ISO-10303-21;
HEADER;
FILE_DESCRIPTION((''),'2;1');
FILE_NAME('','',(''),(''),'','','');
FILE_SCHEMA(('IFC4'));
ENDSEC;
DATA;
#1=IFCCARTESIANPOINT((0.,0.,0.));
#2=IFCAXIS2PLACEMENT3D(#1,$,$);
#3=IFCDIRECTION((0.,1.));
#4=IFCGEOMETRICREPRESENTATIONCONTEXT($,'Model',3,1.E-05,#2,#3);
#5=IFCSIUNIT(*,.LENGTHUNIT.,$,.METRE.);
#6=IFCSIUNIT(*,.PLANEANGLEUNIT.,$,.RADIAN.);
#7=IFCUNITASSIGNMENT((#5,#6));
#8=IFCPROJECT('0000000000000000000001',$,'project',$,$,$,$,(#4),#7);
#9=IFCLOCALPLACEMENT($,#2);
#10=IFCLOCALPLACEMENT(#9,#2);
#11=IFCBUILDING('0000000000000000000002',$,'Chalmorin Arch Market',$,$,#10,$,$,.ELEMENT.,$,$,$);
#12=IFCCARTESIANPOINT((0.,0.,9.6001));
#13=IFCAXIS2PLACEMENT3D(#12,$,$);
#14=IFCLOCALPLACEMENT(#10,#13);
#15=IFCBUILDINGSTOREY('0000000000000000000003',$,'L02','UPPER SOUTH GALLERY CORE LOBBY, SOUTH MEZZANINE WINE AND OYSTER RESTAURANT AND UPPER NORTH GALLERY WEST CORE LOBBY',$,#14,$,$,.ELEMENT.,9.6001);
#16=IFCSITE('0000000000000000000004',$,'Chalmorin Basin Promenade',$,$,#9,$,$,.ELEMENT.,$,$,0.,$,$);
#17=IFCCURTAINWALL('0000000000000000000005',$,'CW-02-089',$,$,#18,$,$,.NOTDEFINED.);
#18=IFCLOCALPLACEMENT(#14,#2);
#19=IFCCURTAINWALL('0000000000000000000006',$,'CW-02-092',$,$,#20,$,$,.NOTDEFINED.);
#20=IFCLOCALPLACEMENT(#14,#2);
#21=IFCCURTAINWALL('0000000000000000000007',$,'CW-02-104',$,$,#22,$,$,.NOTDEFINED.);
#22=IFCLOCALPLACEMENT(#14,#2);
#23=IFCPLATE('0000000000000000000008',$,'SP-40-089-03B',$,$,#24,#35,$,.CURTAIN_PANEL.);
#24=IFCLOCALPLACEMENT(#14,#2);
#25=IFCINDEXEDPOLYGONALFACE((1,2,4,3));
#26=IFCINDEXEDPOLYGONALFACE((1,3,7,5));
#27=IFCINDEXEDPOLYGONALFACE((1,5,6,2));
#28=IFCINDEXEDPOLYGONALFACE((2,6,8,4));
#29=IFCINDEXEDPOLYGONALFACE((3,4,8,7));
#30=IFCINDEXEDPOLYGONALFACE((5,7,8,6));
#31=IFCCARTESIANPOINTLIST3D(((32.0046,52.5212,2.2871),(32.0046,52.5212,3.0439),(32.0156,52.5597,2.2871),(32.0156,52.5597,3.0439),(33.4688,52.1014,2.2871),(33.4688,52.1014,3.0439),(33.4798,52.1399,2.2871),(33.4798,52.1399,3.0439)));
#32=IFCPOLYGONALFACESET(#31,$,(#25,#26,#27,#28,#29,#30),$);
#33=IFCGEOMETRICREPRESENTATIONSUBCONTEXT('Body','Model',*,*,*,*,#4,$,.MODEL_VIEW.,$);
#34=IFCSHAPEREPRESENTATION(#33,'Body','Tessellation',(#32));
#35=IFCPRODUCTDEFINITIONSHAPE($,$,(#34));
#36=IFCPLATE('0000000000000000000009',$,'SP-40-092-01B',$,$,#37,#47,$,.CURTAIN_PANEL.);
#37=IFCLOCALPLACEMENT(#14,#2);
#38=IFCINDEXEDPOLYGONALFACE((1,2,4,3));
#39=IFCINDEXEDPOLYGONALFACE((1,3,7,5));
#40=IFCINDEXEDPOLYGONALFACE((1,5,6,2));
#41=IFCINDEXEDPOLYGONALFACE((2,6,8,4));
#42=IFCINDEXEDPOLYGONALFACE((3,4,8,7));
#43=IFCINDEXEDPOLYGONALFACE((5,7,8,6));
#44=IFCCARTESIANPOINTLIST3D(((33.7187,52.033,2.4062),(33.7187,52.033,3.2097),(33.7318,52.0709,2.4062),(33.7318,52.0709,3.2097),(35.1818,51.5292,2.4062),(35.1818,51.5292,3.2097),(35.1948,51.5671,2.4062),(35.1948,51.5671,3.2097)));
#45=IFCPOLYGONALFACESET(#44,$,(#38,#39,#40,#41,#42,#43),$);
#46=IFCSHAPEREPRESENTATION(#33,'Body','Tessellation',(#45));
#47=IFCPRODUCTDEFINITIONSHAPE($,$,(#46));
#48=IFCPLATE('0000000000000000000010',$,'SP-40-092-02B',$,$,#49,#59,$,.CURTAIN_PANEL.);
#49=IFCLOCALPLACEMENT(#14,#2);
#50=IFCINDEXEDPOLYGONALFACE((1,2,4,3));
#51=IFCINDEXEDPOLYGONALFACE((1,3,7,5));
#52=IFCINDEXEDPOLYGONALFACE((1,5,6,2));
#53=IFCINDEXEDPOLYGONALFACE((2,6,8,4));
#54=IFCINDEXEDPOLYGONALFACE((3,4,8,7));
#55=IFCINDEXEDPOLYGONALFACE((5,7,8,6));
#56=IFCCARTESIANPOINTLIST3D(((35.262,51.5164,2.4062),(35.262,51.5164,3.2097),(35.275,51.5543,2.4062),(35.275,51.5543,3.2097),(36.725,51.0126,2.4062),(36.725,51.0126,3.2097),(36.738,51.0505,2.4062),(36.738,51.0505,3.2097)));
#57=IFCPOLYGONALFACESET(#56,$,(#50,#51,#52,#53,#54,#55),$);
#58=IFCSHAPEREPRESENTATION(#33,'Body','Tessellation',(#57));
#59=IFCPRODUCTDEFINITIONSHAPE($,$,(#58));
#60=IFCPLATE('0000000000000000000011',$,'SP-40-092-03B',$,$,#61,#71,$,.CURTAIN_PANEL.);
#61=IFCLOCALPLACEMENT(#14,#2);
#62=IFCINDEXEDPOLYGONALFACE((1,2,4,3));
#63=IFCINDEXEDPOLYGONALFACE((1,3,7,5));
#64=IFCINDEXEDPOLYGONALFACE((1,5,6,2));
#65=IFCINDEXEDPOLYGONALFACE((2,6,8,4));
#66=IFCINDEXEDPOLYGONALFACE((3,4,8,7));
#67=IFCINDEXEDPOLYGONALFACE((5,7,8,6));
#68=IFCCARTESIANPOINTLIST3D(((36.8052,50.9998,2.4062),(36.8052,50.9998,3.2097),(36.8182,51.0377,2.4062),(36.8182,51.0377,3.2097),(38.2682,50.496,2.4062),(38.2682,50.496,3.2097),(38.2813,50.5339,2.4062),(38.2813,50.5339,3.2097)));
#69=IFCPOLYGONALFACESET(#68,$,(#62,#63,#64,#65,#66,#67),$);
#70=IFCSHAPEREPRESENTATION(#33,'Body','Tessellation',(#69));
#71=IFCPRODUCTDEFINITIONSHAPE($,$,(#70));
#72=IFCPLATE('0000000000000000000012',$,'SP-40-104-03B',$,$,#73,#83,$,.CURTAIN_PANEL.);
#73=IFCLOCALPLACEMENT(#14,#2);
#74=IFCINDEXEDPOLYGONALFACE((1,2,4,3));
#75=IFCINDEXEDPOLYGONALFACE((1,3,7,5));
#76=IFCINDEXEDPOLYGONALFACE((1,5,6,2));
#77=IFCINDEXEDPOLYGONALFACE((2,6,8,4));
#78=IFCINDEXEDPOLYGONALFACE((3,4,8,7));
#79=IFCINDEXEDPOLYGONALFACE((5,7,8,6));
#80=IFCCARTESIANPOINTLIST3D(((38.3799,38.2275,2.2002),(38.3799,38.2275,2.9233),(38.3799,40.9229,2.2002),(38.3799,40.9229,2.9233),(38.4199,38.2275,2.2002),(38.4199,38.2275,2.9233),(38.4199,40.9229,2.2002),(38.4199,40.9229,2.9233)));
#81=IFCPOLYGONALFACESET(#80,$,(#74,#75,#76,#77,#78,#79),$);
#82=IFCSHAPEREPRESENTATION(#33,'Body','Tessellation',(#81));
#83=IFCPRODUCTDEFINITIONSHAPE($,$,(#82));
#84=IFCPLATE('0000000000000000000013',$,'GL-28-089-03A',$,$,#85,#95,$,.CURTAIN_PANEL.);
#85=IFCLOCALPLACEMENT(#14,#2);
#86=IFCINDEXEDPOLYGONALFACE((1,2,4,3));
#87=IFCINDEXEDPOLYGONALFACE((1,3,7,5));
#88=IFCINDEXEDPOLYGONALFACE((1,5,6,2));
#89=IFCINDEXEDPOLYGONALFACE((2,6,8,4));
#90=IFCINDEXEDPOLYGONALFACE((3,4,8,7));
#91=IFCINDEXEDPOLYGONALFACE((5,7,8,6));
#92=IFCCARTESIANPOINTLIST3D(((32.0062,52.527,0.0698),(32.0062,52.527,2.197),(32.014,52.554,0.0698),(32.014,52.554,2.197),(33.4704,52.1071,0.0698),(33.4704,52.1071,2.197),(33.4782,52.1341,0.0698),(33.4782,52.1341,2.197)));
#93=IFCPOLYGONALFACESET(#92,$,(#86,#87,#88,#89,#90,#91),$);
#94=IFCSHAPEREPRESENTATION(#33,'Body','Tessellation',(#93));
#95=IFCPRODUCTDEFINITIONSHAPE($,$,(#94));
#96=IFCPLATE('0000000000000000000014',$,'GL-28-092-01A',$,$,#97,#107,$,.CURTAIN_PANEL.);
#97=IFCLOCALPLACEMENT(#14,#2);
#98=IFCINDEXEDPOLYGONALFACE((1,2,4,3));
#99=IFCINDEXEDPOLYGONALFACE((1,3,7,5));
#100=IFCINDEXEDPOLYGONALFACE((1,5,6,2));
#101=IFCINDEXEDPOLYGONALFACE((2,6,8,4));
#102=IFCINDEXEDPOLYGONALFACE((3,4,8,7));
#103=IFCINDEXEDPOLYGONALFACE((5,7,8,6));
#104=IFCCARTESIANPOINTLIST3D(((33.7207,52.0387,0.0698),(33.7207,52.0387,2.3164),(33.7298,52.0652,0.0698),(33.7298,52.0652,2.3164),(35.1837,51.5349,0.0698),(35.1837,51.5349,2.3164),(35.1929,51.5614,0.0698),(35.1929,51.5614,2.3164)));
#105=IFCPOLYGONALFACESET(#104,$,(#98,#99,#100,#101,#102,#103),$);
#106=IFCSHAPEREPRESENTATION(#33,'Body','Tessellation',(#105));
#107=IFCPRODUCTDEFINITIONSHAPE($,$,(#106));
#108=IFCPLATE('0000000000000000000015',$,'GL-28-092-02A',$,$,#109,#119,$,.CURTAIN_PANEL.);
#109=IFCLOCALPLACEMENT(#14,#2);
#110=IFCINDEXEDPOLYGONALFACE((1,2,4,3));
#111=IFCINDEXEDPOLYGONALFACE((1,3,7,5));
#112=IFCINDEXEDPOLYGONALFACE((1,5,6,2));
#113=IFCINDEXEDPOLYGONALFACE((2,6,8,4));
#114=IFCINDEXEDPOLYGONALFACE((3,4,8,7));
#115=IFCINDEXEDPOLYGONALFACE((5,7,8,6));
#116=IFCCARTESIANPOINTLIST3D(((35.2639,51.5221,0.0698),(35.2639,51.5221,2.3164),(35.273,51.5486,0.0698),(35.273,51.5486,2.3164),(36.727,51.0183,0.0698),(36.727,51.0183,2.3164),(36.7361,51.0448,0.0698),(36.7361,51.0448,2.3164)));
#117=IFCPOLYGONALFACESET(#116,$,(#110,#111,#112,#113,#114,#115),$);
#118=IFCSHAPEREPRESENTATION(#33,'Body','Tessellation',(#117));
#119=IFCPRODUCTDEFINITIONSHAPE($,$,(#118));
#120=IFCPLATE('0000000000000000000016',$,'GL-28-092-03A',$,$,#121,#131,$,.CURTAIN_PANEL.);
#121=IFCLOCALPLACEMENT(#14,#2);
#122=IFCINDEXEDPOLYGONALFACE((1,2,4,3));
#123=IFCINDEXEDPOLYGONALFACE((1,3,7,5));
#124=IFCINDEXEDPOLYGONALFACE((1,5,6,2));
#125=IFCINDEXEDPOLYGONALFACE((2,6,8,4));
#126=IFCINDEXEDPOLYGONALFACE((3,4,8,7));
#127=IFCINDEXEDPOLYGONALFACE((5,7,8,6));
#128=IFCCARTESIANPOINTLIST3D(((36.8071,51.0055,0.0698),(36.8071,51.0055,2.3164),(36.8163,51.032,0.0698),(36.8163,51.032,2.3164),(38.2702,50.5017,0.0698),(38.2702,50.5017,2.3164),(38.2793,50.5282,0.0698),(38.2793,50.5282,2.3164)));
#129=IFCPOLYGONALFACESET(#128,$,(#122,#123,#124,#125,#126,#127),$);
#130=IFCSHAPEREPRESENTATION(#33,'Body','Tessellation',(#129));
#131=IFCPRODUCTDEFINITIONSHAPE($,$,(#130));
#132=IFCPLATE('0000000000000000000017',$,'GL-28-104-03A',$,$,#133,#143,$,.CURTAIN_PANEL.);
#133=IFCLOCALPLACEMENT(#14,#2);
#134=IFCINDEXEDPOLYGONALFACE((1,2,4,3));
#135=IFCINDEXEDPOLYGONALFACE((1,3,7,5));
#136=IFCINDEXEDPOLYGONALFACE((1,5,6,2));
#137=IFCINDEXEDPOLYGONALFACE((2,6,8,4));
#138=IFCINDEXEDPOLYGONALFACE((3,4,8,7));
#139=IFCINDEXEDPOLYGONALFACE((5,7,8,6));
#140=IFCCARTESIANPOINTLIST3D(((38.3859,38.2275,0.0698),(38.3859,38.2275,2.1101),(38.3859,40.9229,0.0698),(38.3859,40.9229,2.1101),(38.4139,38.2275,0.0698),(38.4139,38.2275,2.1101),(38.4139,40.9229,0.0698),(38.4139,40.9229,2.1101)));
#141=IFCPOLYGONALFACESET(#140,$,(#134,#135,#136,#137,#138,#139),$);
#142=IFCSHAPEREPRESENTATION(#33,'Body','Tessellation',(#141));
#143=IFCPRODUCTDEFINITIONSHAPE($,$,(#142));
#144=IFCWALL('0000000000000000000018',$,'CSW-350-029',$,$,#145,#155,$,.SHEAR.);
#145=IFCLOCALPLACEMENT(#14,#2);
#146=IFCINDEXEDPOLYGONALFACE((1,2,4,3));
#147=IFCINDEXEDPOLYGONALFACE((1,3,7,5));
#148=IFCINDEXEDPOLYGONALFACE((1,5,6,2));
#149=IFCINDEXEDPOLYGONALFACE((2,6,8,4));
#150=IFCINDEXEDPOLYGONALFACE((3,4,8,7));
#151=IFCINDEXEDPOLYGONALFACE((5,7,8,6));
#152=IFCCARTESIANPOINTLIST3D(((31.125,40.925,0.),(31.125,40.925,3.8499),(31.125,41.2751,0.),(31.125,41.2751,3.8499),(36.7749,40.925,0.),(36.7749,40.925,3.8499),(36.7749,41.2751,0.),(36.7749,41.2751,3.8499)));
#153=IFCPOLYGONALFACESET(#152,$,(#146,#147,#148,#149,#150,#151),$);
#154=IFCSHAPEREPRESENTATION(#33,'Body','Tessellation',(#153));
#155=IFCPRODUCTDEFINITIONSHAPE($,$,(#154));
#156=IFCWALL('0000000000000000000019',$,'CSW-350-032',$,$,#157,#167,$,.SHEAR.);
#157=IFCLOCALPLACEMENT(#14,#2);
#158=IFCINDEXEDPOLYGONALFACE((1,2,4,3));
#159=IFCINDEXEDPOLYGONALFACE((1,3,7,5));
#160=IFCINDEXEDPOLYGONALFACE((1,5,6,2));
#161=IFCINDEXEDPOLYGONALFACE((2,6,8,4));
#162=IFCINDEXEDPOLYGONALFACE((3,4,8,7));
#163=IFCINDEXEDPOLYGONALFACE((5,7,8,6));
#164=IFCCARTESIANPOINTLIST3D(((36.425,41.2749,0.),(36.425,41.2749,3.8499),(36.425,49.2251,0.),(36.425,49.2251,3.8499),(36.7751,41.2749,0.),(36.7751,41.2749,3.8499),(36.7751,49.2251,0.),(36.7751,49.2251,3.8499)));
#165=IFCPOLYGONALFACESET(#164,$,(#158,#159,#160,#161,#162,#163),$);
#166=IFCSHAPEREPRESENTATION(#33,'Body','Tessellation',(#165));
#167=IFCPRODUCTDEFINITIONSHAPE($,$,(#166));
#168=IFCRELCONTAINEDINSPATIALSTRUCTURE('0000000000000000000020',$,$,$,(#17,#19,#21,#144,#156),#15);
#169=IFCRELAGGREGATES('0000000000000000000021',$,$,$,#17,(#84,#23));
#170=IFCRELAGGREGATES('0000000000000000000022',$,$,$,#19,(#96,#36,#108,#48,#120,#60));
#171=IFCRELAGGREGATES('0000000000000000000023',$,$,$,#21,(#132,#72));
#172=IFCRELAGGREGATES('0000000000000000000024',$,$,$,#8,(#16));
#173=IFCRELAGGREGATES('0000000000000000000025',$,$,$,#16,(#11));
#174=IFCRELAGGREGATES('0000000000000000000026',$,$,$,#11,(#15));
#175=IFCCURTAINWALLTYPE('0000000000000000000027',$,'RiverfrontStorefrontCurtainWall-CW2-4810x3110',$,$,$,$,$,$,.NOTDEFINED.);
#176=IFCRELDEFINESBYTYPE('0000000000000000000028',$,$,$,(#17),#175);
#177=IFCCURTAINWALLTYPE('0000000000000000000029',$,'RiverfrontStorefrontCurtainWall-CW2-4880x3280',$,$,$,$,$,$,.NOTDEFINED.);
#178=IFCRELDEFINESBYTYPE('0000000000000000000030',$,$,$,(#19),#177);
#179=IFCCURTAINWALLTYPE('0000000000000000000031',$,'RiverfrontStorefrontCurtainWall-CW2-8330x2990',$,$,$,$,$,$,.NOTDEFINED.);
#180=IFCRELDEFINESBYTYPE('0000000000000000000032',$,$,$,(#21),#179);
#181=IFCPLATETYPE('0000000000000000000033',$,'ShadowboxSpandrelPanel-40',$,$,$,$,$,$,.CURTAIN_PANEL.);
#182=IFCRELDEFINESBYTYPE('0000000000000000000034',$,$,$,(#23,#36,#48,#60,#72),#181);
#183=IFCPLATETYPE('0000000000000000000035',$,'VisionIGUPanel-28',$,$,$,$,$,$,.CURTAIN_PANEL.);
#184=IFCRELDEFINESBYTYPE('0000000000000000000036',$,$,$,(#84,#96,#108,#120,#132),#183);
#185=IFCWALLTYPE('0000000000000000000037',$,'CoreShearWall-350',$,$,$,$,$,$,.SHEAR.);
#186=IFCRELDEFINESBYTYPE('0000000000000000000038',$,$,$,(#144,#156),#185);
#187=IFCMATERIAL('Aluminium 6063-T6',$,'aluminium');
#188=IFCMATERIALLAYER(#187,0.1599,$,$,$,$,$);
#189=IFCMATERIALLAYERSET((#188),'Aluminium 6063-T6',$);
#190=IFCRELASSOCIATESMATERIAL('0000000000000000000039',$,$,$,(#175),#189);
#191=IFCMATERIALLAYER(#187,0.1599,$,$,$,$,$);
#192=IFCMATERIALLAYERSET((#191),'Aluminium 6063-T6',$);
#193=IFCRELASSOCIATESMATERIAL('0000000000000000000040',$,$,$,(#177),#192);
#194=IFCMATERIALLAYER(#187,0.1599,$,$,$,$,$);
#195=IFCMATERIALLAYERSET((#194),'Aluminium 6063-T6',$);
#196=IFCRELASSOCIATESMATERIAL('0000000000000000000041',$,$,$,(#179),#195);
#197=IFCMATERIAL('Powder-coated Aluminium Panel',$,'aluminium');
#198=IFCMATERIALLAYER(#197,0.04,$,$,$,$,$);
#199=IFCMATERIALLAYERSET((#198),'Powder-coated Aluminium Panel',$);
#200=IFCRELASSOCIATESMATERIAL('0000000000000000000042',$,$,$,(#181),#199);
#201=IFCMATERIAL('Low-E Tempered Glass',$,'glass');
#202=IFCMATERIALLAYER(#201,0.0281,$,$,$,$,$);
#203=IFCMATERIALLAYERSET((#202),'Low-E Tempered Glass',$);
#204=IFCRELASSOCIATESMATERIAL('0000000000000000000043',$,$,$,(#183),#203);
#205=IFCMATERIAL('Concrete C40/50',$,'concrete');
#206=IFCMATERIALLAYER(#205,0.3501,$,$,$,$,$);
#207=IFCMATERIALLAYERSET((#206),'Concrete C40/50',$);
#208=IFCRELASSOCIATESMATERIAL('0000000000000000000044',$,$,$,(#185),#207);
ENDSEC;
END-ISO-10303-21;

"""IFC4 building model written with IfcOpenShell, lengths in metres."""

from ifc_helpers import new_model, si_unit, direction, frame, frame_2d, origin, origin_2d, place, context, subcontext, project, spatial, rectangle, extrude, material, layer, layer_set, type_object, element, aggregate, save


model = new_model("IFC4")

# Units and contexts
model_context = context("Model", 3, precision=1e-05, world=origin(), true_north=direction((0.0, 1.0)))
body_context = subcontext(model_context, "Body", "Model", "MODEL_VIEW")
ifc_project = project(units=[si_unit("LENGTHUNIT", "METRE"), si_unit("PLANEANGLEUNIT", "RADIAN")], contexts=[model_context])

# Site, building, storey
site_placement = place(None, origin())
site = spatial("IfcSite", under=ifc_project, at=site_placement, Name="Chalmorin Basin Promenade", CompositionType="ELEMENT", RefElevation=0.0)
building_placement = place(site_placement, origin())
building = spatial("IfcBuilding", under=site, at=building_placement, Name="Chalmorin Arch Market", CompositionType="ELEMENT")
storey_placement = place(building_placement, frame((0.0, 0.0, 9.6001)))
storey = spatial("IfcBuildingStorey", under=building, at=storey_placement, Name="L02", Description="UPPER SOUTH GALLERY CORE LOBBY, SOUTH MEZZANINE WINE AND OYSTER RESTAURANT AND UPPER NORTH GALLERY WEST CORE LOBBY", CompositionType="ELEMENT", Elevation=9.6001)

# Curtain walls
ifc_material_1 = material(Name="Aluminium 6063-T6", Category="aluminium")
ifc_layer_1 = layer(ifc_material_1, 0.1599)
ifc_layer_set_1 = layer_set([ifc_layer_1], Name="Aluminium 6063-T6")
curtain_wall_type_1 = type_object("IfcCurtainWallType", Name="RiverfrontStorefrontCurtainWall-CW2-4810x3110", PredefinedType="NOTDEFINED", material=ifc_layer_set_1)
curtain_wall_1_placement = place(storey_placement, origin())
curtain_wall_1 = element("IfcCurtainWall", 1, at=curtain_wall_1_placement, inside=storey, type_object=curtain_wall_type_1, Name="CW-02-089", PredefinedType="NOTDEFINED")
ifc_layer_2 = layer(ifc_material_1, 0.1599)
ifc_layer_set_2 = layer_set([ifc_layer_2], Name="Aluminium 6063-T6")
curtain_wall_type_2 = type_object("IfcCurtainWallType", Name="RiverfrontStorefrontCurtainWall-CW2-4880x3280", PredefinedType="NOTDEFINED", material=ifc_layer_set_2)
curtain_wall_2_placement = place(storey_placement, origin())
curtain_wall_2 = element("IfcCurtainWall", 2, at=curtain_wall_2_placement, inside=storey, type_object=curtain_wall_type_2, Name="CW-02-092", PredefinedType="NOTDEFINED")

# Curtain wall
ifc_layer_3 = layer(ifc_material_1, 0.1599)
ifc_layer_set_3 = layer_set([ifc_layer_3], Name="Aluminium 6063-T6")
curtain_wall_type_3 = type_object("IfcCurtainWallType", Name="RiverfrontStorefrontCurtainWall-CW2-8330x2990", PredefinedType="NOTDEFINED", material=ifc_layer_set_3)
curtain_wall_3_placement = place(storey_placement, origin())
curtain_wall_3 = element("IfcCurtainWall", 3, at=curtain_wall_3_placement, inside=storey, type_object=curtain_wall_type_3, Name="CW-02-104", PredefinedType="NOTDEFINED")

# Plates
ifc_material_2 = material(Name="Powder-coated Aluminium Panel", Category="aluminium")
ifc_layer_4 = layer(ifc_material_2, 0.04)
ifc_layer_set_4 = layer_set([ifc_layer_4], Name="Powder-coated Aluminium Panel")
plate_type_1 = type_object("IfcPlateType", Name="ShadowboxSpandrelPanel-40", PredefinedType="CURTAIN_PANEL", material=ifc_layer_set_4)
plate_1_placement = place(storey_placement, frame((32.7422, 52.3306, 2.2871), z_axis=(0.0, 0.0, 1.0), x_axis=(0.961262, -0.275637, 0.0)))
plate_1 = element("IfcPlate", 4, at=plate_1_placement, type_object=plate_type_1, Name="SP-40-089-03B", PredefinedType="CURTAIN_PANEL", context=body_context, shape_type="SweptSolid", body=[
    extrude(rectangle(XDim=1.5232, YDim=0.04, at=origin_2d()), origin(), (0.0, 0.0, 1.0), 0.7568),
])
plate_2_placement = place(storey_placement, frame((34.4568, 51.8, 2.4062), z_axis=(0.0, 0.0, 1.0), x_axis=(0.945519, -0.325568, 0.0)))
plate_2 = element("IfcPlate", 5, at=plate_2_placement, type_object=plate_type_1, Name="SP-40-092-01B", PredefinedType="CURTAIN_PANEL", context=body_context, shape_type="SweptSolid", body=[
    extrude(rectangle(XDim=1.5474, YDim=0.04, at=origin_2d()), origin(), (0.0, 0.0, 1.0), 0.8035),
])
plate_3_placement = place(storey_placement, frame((36.0, 51.2834, 2.4062), z_axis=(0.0, 0.0, 1.0), x_axis=(0.945519, -0.325568, 0.0)))
plate_3 = element("IfcPlate", 6, at=plate_3_placement, type_object=plate_type_1, Name="SP-40-092-02B", PredefinedType="CURTAIN_PANEL", context=body_context, shape_type="SweptSolid", body=[
    extrude(rectangle(XDim=1.5474, YDim=0.04, at=origin_2d()), origin(), (0.0, 0.0, 1.0), 0.8035),
])
plate_4_placement = place(storey_placement, frame((37.5432, 50.7668, 2.4062), z_axis=(0.0, 0.0, 1.0), x_axis=(0.945519, -0.325568, 0.0)))
plate_4 = element("IfcPlate", 7, at=plate_4_placement, type_object=plate_type_1, Name="SP-40-092-03B", PredefinedType="CURTAIN_PANEL", context=body_context, shape_type="SweptSolid", body=[
    extrude(rectangle(XDim=1.5474, YDim=0.04, at=origin_2d()), origin(), (0.0, 0.0, 1.0), 0.8035),
])
plate_5_placement = place(storey_placement, frame((38.3999, 39.5752, 2.2002), z_axis=(0.0, 0.0, 1.0), x_axis=(0.0, 1.0, 0.0)))
plate_5 = element("IfcPlate", 8, at=plate_5_placement, type_object=plate_type_1, Name="SP-40-104-03B", PredefinedType="CURTAIN_PANEL", context=body_context, shape_type="SweptSolid", body=[
    extrude(rectangle(XDim=2.6953, YDim=0.04, at=origin_2d()), origin(), (0.0, 0.0, 1.0), 0.7231),
])
ifc_material_3 = material(Name="Low-E Tempered Glass", Category="glass")
ifc_layer_5 = layer(ifc_material_3, 0.0281)
ifc_layer_set_5 = layer_set([ifc_layer_5], Name="Low-E Tempered Glass")
plate_type_2 = type_object("IfcPlateType", Name="VisionIGUPanel-28", PredefinedType="CURTAIN_PANEL", material=ifc_layer_set_5)
plate_6_placement = place(storey_placement, frame((32.7422, 52.3306, 0.0698), z_axis=(0.0, 0.0, 1.0), x_axis=(0.961262, -0.275637, 0.0)))
plate_6 = element("IfcPlate", 9, at=plate_6_placement, type_object=plate_type_2, Name="GL-28-089-03A", PredefinedType="CURTAIN_PANEL", context=body_context, shape_type="SweptSolid", body=[
    extrude(rectangle(XDim=1.5232, YDim=0.0281, at=origin_2d()), origin(), (0.0, 0.0, 1.0), 2.1272),
])
aggregate(curtain_wall_1, [plate_6, plate_1])
plate_7_placement = place(storey_placement, frame((34.4568, 51.8, 0.0698), z_axis=(0.0, 0.0, 1.0), x_axis=(0.945519, -0.325568, 0.0)))
plate_7 = element("IfcPlate", 10, at=plate_7_placement, type_object=plate_type_2, Name="GL-28-092-01A", PredefinedType="CURTAIN_PANEL", context=body_context, shape_type="SweptSolid", body=[
    extrude(rectangle(XDim=1.5474, YDim=0.0281, at=origin_2d()), origin(), (0.0, 0.0, 1.0), 2.2466),
])
plate_8_placement = place(storey_placement, frame((36.0, 51.2834, 0.0698), z_axis=(0.0, 0.0, 1.0), x_axis=(0.945519, -0.325568, 0.0)))
plate_8 = element("IfcPlate", 11, at=plate_8_placement, type_object=plate_type_2, Name="GL-28-092-02A", PredefinedType="CURTAIN_PANEL", context=body_context, shape_type="SweptSolid", body=[
    extrude(rectangle(XDim=1.5474, YDim=0.0281, at=origin_2d()), origin(), (0.0, 0.0, 1.0), 2.2466),
])
plate_9_placement = place(storey_placement, frame((37.5432, 50.7668, 0.0698), z_axis=(0.0, 0.0, 1.0), x_axis=(0.945519, -0.325568, 0.0)))
plate_9 = element("IfcPlate", 12, at=plate_9_placement, type_object=plate_type_2, Name="GL-28-092-03A", PredefinedType="CURTAIN_PANEL", context=body_context, shape_type="SweptSolid", body=[
    extrude(rectangle(XDim=1.5474, YDim=0.0281, at=origin_2d()), origin(), (0.0, 0.0, 1.0), 2.2466),
])
aggregate(curtain_wall_2, [plate_7, plate_2, plate_8, plate_3, plate_9, plate_4])
plate_10_placement = place(storey_placement, frame((38.3999, 39.5752, 0.0698), z_axis=(0.0, 0.0, 1.0), x_axis=(0.0, 1.0, 0.0)))
plate_10 = element("IfcPlate", 13, at=plate_10_placement, type_object=plate_type_2, Name="GL-28-104-03A", PredefinedType="CURTAIN_PANEL", context=body_context, shape_type="SweptSolid", body=[
    extrude(rectangle(XDim=2.6953, YDim=0.0281, at=origin_2d()), origin(), (0.0, 0.0, 1.0), 2.0403),
])
aggregate(curtain_wall_3, [plate_10, plate_5])

# Wall
ifc_material_4 = material(Name="Concrete C40/50", Category="concrete")
ifc_layer_6 = layer(ifc_material_4, 0.3501)
ifc_layer_set_6 = layer_set([ifc_layer_6], Name="Concrete C40/50")
wall_type = type_object("IfcWallType", Name="CoreShearWall-350", PredefinedType="SHEAR", material=ifc_layer_set_6)
wall_1_placement = place(storey_placement, frame((36.7749, 41.1001, 0.0), z_axis=(0.0, 0.0, 1.0), x_axis=(-1.0, 0.0, 0.0)))
element("IfcWall", 14, at=wall_1_placement, inside=storey, type_object=wall_type, Name="CSW-350-029", PredefinedType="SHEAR", context=body_context, shape_type="SweptSolid", body=[
    extrude(rectangle(XDim=5.6499, YDim=0.3501, at=frame_2d((2.825, 0.0))), origin(), (0.0, 0.0, 1.0), 3.8499),
])

# Wall
wall_2_placement = place(storey_placement, frame((36.6001, 49.2251, 0.0), z_axis=(0.0, 0.0, 1.0), x_axis=(0.0, -1.0, 0.0)))
element("IfcWall", 15, at=wall_2_placement, inside=storey, type_object=wall_type, Name="CSW-350-032", PredefinedType="SHEAR", context=body_context, shape_type="SweptSolid", body=[
    extrude(rectangle(XDim=7.9502, YDim=0.3501, at=frame_2d((3.9751, 0.0))), origin(), (0.0, 0.0, 1.0), 3.8499),
])

save(model, "model.ifc")
